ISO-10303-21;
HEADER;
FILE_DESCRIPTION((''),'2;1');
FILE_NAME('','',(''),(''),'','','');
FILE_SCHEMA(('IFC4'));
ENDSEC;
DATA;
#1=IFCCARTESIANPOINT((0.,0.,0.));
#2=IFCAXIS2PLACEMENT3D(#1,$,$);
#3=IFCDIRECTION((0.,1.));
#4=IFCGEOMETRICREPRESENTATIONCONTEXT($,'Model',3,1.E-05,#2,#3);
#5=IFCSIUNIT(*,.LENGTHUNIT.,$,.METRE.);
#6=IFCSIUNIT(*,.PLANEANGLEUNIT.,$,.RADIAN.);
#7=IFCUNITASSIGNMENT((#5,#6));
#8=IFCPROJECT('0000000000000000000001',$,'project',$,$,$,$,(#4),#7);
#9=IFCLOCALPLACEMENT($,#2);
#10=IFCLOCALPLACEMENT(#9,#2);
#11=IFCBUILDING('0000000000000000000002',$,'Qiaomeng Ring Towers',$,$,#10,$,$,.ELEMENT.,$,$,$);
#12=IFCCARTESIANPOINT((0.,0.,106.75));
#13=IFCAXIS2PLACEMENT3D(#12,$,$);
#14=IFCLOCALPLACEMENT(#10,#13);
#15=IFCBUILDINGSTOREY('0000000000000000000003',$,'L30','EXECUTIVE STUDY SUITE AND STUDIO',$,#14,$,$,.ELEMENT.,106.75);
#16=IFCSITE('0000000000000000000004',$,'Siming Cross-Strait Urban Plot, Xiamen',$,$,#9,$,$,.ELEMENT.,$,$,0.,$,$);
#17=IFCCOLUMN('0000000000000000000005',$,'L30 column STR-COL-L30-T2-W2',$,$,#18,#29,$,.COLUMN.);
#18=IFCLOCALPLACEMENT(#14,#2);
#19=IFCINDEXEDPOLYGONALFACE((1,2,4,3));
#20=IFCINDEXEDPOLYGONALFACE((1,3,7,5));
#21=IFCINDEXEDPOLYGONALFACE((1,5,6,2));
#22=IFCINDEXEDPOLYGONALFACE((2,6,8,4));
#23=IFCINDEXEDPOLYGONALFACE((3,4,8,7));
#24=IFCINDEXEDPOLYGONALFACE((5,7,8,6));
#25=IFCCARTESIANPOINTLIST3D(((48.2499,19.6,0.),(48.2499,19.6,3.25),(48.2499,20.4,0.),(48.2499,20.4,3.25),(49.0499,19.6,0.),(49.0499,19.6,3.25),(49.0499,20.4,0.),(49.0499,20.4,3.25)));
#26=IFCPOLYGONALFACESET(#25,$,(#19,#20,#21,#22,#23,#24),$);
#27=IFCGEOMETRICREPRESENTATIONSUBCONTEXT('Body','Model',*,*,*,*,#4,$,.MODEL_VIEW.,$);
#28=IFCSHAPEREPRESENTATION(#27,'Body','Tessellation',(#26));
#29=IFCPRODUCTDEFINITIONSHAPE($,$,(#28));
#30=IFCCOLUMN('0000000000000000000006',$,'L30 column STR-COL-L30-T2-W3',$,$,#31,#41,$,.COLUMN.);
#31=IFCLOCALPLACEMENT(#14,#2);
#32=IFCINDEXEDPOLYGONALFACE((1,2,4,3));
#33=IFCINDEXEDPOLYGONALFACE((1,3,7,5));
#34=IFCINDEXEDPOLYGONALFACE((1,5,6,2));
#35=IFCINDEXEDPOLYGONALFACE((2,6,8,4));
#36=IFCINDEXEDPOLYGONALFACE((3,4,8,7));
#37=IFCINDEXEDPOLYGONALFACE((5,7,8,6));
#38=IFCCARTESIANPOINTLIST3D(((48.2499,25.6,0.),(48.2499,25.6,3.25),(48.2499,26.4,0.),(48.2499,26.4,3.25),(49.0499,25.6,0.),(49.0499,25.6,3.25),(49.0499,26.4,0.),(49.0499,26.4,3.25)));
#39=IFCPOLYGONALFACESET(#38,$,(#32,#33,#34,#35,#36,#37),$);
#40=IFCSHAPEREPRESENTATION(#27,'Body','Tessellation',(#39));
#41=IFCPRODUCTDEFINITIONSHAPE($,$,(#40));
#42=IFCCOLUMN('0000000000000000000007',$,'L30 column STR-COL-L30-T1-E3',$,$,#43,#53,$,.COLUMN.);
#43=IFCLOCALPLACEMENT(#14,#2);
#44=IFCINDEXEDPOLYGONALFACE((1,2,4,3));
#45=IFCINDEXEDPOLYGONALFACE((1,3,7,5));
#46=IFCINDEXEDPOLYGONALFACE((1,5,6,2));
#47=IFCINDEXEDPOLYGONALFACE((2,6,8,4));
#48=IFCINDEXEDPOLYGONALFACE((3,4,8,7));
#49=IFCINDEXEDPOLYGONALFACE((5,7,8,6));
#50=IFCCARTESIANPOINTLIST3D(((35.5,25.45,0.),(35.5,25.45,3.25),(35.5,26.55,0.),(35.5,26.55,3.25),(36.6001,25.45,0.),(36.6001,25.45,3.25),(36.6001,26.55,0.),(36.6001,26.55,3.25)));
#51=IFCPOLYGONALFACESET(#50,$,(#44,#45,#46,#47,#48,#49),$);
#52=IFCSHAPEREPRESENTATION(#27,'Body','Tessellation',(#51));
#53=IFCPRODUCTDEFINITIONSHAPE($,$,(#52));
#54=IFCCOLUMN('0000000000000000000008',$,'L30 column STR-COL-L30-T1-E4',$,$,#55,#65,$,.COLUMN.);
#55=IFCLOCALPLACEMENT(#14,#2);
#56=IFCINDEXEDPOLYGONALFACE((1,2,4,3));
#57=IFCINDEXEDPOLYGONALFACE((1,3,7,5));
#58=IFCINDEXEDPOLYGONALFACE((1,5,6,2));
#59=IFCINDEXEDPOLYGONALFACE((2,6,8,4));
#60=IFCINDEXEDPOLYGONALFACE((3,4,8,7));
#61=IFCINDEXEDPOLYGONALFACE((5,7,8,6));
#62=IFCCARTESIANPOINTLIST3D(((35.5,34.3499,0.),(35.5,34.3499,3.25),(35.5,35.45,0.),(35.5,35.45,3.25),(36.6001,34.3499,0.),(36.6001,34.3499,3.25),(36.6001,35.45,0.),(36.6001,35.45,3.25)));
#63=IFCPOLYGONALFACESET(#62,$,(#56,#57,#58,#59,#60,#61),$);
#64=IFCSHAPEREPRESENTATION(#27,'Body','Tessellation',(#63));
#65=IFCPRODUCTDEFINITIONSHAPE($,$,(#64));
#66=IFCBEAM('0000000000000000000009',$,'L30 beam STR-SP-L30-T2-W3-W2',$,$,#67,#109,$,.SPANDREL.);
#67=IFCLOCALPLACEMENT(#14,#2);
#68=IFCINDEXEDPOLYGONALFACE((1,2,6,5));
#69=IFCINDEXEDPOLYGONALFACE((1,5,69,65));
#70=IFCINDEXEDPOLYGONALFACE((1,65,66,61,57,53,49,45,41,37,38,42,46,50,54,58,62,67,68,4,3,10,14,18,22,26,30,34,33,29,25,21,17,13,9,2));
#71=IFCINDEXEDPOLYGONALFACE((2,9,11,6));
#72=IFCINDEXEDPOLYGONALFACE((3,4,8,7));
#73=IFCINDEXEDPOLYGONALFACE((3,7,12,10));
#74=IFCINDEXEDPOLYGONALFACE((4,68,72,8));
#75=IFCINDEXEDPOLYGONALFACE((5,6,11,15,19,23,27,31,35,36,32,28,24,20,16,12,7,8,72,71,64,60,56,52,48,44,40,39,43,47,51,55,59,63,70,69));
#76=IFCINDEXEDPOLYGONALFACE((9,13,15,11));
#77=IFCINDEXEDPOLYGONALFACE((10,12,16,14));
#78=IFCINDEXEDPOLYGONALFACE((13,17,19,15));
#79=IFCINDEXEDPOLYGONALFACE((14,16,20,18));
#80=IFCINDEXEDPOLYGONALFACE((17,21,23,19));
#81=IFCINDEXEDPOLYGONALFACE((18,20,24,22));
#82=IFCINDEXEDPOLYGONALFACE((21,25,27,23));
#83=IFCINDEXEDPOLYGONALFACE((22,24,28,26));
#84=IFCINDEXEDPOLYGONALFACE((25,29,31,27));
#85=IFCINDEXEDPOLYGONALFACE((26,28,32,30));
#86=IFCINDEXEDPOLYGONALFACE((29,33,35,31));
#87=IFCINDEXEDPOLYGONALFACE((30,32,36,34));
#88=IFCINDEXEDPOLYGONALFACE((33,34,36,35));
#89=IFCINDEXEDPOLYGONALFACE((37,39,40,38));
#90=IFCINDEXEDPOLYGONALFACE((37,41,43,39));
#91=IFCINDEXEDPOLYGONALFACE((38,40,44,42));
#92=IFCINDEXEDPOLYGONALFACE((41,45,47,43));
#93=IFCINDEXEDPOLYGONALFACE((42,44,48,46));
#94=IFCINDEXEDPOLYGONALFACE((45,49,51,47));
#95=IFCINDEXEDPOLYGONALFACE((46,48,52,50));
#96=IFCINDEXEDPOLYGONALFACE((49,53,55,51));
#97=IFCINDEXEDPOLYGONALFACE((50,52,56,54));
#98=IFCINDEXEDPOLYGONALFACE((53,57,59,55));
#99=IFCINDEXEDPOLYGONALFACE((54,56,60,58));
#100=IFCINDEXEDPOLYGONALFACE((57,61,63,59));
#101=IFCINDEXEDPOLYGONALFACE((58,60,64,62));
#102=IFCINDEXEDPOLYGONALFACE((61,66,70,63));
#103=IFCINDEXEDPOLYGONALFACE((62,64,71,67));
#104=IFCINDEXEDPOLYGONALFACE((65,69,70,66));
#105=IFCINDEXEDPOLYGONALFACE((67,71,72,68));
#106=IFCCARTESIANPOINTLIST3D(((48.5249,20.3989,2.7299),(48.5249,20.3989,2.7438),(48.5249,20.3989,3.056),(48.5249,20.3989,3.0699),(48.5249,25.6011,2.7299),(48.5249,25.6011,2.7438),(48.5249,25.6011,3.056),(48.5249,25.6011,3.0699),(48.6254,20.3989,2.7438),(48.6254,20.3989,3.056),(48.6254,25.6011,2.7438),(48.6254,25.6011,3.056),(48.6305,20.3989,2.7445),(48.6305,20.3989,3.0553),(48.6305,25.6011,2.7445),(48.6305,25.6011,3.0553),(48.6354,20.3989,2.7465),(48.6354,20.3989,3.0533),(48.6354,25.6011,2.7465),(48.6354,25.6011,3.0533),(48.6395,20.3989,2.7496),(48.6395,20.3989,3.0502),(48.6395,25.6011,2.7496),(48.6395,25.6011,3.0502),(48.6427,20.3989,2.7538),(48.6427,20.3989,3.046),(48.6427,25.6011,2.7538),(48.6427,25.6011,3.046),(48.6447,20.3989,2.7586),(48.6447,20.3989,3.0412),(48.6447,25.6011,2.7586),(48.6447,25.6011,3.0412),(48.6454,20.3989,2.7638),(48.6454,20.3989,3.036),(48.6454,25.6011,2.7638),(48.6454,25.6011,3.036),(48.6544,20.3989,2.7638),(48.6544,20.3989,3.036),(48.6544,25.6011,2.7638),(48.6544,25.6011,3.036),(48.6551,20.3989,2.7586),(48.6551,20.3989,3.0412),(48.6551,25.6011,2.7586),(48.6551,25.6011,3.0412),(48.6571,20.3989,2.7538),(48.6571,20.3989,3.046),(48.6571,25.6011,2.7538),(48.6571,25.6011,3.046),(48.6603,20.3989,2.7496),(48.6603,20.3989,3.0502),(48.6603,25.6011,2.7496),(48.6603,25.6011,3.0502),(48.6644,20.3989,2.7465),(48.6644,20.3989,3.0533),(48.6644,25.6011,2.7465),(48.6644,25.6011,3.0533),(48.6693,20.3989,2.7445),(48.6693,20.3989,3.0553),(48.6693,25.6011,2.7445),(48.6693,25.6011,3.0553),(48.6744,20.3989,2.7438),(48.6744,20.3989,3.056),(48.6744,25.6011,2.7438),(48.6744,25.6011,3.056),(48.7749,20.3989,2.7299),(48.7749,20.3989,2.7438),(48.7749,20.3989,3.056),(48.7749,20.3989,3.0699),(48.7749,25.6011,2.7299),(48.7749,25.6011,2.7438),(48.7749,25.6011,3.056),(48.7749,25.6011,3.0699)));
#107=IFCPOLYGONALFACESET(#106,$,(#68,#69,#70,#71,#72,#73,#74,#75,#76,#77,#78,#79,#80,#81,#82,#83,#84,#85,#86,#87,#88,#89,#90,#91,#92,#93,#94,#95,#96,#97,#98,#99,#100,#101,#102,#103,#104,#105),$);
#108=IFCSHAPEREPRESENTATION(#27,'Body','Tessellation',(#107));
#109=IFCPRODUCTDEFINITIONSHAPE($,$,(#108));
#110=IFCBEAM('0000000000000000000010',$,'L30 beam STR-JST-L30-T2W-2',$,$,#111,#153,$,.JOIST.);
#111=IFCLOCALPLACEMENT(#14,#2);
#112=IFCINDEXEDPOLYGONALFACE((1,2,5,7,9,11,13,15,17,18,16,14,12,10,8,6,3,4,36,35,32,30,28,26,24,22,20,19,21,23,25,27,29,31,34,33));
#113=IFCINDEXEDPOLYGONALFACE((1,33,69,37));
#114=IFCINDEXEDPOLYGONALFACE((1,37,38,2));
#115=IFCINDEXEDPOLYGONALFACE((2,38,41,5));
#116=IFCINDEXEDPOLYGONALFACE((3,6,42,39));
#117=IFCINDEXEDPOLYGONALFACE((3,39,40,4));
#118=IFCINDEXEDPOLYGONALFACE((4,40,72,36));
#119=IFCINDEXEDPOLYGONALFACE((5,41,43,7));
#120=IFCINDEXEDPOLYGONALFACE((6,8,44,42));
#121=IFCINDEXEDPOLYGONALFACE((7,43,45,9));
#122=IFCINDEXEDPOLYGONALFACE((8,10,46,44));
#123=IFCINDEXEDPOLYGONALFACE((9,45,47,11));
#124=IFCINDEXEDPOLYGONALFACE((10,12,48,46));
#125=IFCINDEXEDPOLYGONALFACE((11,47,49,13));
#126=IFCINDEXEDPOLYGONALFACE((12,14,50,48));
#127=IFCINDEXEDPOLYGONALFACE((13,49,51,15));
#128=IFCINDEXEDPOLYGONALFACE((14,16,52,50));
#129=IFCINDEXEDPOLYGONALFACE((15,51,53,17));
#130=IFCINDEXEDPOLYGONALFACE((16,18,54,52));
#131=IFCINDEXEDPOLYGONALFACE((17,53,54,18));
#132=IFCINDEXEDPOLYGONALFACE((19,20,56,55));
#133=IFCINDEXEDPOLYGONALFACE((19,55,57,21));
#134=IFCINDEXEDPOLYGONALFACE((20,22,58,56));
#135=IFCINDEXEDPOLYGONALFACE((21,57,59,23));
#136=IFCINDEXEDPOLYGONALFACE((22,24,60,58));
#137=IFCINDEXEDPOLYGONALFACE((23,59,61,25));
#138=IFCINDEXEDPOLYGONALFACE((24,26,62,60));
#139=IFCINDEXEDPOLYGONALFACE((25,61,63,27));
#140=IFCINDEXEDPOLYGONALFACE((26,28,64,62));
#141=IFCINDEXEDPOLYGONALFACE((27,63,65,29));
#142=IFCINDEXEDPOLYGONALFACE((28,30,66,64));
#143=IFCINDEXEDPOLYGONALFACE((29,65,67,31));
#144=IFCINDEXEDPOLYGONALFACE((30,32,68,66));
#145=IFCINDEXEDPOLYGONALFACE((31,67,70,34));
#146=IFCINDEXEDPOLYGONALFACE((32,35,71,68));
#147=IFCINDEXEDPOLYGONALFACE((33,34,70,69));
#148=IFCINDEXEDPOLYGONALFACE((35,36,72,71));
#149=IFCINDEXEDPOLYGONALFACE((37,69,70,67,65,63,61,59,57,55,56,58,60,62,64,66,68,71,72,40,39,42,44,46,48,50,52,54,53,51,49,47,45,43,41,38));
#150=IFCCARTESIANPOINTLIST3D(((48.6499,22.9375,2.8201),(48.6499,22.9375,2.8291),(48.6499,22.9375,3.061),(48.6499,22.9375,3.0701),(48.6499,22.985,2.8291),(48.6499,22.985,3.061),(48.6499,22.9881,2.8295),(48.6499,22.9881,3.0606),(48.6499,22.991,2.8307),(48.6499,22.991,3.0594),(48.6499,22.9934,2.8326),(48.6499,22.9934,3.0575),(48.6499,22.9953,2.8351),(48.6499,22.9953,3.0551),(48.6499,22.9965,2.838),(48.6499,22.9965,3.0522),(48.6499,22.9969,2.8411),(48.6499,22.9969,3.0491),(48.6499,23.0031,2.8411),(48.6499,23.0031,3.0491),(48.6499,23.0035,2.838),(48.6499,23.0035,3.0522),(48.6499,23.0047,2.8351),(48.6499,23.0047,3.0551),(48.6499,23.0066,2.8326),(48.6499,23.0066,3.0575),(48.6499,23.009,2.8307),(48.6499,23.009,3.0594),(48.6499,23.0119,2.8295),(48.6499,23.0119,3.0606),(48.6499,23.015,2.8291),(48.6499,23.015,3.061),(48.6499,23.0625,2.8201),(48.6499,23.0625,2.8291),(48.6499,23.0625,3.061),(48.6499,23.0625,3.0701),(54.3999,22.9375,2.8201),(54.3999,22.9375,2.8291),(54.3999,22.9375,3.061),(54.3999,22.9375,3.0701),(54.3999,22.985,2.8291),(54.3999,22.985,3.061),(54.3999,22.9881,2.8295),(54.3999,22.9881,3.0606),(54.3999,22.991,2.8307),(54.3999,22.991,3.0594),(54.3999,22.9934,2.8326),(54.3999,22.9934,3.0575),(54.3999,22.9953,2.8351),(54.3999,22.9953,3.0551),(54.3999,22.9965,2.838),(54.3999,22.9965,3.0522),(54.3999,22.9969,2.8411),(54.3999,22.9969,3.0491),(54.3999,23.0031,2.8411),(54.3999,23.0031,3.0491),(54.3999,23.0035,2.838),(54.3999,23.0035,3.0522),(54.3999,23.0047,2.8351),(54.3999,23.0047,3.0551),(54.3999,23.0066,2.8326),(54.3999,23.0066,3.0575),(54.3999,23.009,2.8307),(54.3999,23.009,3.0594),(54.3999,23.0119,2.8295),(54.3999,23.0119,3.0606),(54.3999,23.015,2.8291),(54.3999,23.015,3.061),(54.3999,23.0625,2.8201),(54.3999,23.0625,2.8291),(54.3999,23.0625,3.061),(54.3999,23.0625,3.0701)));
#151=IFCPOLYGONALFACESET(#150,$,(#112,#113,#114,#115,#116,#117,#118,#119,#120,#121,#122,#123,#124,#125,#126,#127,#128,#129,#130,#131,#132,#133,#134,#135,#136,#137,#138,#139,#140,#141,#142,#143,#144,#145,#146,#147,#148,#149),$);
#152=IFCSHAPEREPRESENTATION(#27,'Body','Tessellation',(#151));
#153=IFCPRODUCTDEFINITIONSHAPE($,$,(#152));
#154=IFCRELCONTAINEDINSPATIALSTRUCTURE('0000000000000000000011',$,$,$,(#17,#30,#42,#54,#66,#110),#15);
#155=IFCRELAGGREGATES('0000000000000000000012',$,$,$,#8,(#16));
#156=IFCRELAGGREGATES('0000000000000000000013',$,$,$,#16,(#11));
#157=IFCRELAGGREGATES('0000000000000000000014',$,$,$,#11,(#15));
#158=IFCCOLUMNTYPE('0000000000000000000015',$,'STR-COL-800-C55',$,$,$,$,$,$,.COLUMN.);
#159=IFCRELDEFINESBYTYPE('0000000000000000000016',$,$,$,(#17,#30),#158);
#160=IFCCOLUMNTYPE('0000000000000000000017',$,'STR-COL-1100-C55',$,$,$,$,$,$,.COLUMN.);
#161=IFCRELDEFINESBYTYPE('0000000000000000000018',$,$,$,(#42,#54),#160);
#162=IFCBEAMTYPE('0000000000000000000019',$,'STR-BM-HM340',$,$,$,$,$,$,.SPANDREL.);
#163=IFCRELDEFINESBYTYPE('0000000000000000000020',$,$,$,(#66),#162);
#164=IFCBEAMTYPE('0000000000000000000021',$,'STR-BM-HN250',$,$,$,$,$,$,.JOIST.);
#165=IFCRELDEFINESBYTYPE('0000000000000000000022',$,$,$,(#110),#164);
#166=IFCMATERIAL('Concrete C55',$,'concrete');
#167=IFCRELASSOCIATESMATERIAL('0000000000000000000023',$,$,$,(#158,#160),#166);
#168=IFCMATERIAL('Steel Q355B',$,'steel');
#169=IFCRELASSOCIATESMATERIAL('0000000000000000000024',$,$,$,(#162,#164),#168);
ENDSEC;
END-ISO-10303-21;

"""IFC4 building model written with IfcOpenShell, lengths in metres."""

from ifc_helpers import new_model, si_unit, direction, frame, origin, origin_2d, place, context, subcontext, project, spatial, rectangle, i_section, extrude, source, transform, mapped, material, material_profile, profile_set, type_object, element, save


model = new_model("IFC4")

# Units and contexts
model_context = context("Model", 3, precision=1e-05, world=origin(), true_north=direction((0.0, 1.0)))
body_context = subcontext(model_context, "Body", "Model", "MODEL_VIEW")
ifc_project = project(units=[si_unit("LENGTHUNIT", "METRE"), si_unit("PLANEANGLEUNIT", "RADIAN")], contexts=[model_context])

# Site, building, storey
site_placement = place(None, origin())
site = spatial("IfcSite", under=ifc_project, at=site_placement, Name="Siming Cross-Strait Urban Plot, Xiamen", CompositionType="ELEMENT", RefElevation=0.0)
building_placement = place(site_placement, origin())
building = spatial("IfcBuilding", under=site, at=building_placement, Name="Qiaomeng Ring Towers", CompositionType="ELEMENT")
storey_placement = place(building_placement, frame((0.0, 0.0, 106.75)))
storey = spatial("IfcBuildingStorey", under=building, at=storey_placement, Name="L30", Description="EXECUTIVE STUDY SUITE AND STUDIO", CompositionType="ELEMENT", Elevation=106.75)

# Columns
ifc_material_1 = material(Name="Concrete C55", Category="concrete")
ifc_material_profile_1 = material_profile(ifc_material_1, rectangle(XDim=0.8, YDim=0.8, at=origin_2d()), Name="RC COL 800x800")
ifc_profile_set_1 = profile_set([ifc_material_profile_1], Name="Concrete C55")
column_type_1 = type_object("IfcColumnType", Name="STR-COL-800-C55", PredefinedType="COLUMN", material=ifc_profile_set_1)
shared_shape_1 = source(origin(), body_context, "Body", "SweptSolid", [
    extrude(rectangle(XDim=0.8, YDim=0.8, at=origin_2d()), origin(), (0.0, 0.0, 1.0), 3.25),
])
for number, where, z_axis, x_axis, name in (
    (1, (48.6499, 20.0, 0.0), (0.0, 0.0, 1.0), (1.0, 0.0, 0.0), "L30 column STR-COL-L30-T2-W2"),
    (2, (48.6499, 26.0, 0.0), (0.0, 0.0, 1.0), (1.0, 0.0, 0.0), "L30 column STR-COL-L30-T2-W3"),
):
    element("IfcColumn", number, at=place(storey_placement, frame(where, z_axis=z_axis, x_axis=x_axis)), inside=storey, type_object=column_type_1, Name=name, PredefinedType="COLUMN", context=body_context, shape_type="MappedRepresentation", body=[
        mapped(shared_shape_1, transform((0.0, 0.0, 0.0), x_axis=(1.0, 0.0, 0.0), y_axis=(0.0, 1.0, 0.0), z_axis=(0.0, 0.0, 1.0), scale=1.0)),
    ])
ifc_material_profile_2 = material_profile(ifc_material_1, rectangle(XDim=1.1001, YDim=1.1001, at=origin_2d()), Name="RC COL 1100x1100")
ifc_profile_set_2 = profile_set([ifc_material_profile_2], Name="Concrete C55")
column_type_2 = type_object("IfcColumnType", Name="STR-COL-1100-C55", PredefinedType="COLUMN", material=ifc_profile_set_2)
shared_shape_2 = source(origin(), body_context, "Body", "SweptSolid", [
    extrude(rectangle(XDim=1.1001, YDim=1.1001, at=origin_2d()), origin(), (0.0, 0.0, 1.0), 3.25),
])
for number, where, z_axis, x_axis, name in (
    (3, (36.05, 26.0, 0.0), (0.0, 0.0, 1.0), (1.0, 0.0, 0.0), "L30 column STR-COL-L30-T1-E3"),
    (4, (36.05, 34.8999, 0.0), (0.0, 0.0, 1.0), (1.0, 0.0, 0.0), "L30 column STR-COL-L30-T1-E4"),
):
    element("IfcColumn", number, at=place(storey_placement, frame(where, z_axis=z_axis, x_axis=x_axis)), inside=storey, type_object=column_type_2, Name=name, PredefinedType="COLUMN", context=body_context, shape_type="MappedRepresentation", body=[
        mapped(shared_shape_2, transform((0.0, 0.0, 0.0), x_axis=(1.0, 0.0, 0.0), y_axis=(0.0, 1.0, 0.0), z_axis=(0.0, 0.0, 1.0), scale=1.0)),
    ])

# Beams
ifc_material_2 = material(Name="Steel Q355B", Category="steel")
ifc_material_profile_3 = material_profile(ifc_material_2, i_section(OverallWidth=0.25, OverallDepth=0.3401, WebThickness=0.009, FlangeThickness=0.0139, FilletRadius=0.02, at=origin_2d()), Name="HM 340x250x9x14")
ifc_profile_set_3 = profile_set([ifc_material_profile_3], Name="Steel Q355B")
beam_type_1 = type_object("IfcBeamType", Name="STR-BM-HM340", PredefinedType="SPANDREL", material=ifc_profile_set_3)
shared_shape_3 = source(origin(), body_context, "Body", "SweptSolid", [
    extrude(i_section(OverallWidth=0.25, OverallDepth=0.3401, WebThickness=0.009, FlangeThickness=0.0139, FilletRadius=0.02, at=origin_2d()), origin(), (0.0, 0.0, 1.0), 5.2021),
])
beam_1_placement = place(storey_placement, frame((48.6499, 25.6011, 2.8999), z_axis=(0.0, -1.0, 0.0), x_axis=(1.0, 0.0, 0.0)))
element("IfcBeam", 5, at=beam_1_placement, inside=storey, type_object=beam_type_1, Name="L30 beam STR-SP-L30-T2-W3-W2", PredefinedType="SPANDREL", context=body_context, shape_type="MappedRepresentation", body=[
    mapped(shared_shape_3, transform((0.0, 0.0, 0.0), x_axis=(1.0, 0.0, 0.0), y_axis=(0.0, 1.0, 0.0), z_axis=(0.0, 0.0, 1.0), scale=1.0)),
])
ifc_material_profile_4 = material_profile(ifc_material_2, i_section(OverallWidth=0.125, OverallDepth=0.25, WebThickness=0.0061, FlangeThickness=0.009, FilletRadius=0.012, at=origin_2d()), Name="HN 250x125x6x9")
ifc_profile_set_4 = profile_set([ifc_material_profile_4], Name="Steel Q355B")
beam_type_2 = type_object("IfcBeamType", Name="STR-BM-HN250", PredefinedType="JOIST", material=ifc_profile_set_4)
shared_shape_4 = source(origin(), body_context, "Body", "SweptSolid", [
    extrude(i_section(OverallWidth=0.125, OverallDepth=0.25, WebThickness=0.0061, FlangeThickness=0.009, FilletRadius=0.012, at=origin_2d()), origin(), (0.0, 0.0, 1.0), 5.75),
])
beam_2_placement = place(storey_placement, frame((48.6499, 23.0, 2.9451), z_axis=(1.0, 0.0, 0.0), x_axis=(0.0, 1.0, 0.0)))
element("IfcBeam", 6, at=beam_2_placement, inside=storey, type_object=beam_type_2, Name="L30 beam STR-JST-L30-T2W-2", PredefinedType="JOIST", context=body_context, shape_type="MappedRepresentation", body=[
    mapped(shared_shape_4, transform((0.0, 0.0, 0.0), x_axis=(1.0, 0.0, 0.0), y_axis=(0.0, 1.0, 0.0), z_axis=(0.0, 0.0, 1.0), scale=1.0)),
])

save(model, "model.ifc")
